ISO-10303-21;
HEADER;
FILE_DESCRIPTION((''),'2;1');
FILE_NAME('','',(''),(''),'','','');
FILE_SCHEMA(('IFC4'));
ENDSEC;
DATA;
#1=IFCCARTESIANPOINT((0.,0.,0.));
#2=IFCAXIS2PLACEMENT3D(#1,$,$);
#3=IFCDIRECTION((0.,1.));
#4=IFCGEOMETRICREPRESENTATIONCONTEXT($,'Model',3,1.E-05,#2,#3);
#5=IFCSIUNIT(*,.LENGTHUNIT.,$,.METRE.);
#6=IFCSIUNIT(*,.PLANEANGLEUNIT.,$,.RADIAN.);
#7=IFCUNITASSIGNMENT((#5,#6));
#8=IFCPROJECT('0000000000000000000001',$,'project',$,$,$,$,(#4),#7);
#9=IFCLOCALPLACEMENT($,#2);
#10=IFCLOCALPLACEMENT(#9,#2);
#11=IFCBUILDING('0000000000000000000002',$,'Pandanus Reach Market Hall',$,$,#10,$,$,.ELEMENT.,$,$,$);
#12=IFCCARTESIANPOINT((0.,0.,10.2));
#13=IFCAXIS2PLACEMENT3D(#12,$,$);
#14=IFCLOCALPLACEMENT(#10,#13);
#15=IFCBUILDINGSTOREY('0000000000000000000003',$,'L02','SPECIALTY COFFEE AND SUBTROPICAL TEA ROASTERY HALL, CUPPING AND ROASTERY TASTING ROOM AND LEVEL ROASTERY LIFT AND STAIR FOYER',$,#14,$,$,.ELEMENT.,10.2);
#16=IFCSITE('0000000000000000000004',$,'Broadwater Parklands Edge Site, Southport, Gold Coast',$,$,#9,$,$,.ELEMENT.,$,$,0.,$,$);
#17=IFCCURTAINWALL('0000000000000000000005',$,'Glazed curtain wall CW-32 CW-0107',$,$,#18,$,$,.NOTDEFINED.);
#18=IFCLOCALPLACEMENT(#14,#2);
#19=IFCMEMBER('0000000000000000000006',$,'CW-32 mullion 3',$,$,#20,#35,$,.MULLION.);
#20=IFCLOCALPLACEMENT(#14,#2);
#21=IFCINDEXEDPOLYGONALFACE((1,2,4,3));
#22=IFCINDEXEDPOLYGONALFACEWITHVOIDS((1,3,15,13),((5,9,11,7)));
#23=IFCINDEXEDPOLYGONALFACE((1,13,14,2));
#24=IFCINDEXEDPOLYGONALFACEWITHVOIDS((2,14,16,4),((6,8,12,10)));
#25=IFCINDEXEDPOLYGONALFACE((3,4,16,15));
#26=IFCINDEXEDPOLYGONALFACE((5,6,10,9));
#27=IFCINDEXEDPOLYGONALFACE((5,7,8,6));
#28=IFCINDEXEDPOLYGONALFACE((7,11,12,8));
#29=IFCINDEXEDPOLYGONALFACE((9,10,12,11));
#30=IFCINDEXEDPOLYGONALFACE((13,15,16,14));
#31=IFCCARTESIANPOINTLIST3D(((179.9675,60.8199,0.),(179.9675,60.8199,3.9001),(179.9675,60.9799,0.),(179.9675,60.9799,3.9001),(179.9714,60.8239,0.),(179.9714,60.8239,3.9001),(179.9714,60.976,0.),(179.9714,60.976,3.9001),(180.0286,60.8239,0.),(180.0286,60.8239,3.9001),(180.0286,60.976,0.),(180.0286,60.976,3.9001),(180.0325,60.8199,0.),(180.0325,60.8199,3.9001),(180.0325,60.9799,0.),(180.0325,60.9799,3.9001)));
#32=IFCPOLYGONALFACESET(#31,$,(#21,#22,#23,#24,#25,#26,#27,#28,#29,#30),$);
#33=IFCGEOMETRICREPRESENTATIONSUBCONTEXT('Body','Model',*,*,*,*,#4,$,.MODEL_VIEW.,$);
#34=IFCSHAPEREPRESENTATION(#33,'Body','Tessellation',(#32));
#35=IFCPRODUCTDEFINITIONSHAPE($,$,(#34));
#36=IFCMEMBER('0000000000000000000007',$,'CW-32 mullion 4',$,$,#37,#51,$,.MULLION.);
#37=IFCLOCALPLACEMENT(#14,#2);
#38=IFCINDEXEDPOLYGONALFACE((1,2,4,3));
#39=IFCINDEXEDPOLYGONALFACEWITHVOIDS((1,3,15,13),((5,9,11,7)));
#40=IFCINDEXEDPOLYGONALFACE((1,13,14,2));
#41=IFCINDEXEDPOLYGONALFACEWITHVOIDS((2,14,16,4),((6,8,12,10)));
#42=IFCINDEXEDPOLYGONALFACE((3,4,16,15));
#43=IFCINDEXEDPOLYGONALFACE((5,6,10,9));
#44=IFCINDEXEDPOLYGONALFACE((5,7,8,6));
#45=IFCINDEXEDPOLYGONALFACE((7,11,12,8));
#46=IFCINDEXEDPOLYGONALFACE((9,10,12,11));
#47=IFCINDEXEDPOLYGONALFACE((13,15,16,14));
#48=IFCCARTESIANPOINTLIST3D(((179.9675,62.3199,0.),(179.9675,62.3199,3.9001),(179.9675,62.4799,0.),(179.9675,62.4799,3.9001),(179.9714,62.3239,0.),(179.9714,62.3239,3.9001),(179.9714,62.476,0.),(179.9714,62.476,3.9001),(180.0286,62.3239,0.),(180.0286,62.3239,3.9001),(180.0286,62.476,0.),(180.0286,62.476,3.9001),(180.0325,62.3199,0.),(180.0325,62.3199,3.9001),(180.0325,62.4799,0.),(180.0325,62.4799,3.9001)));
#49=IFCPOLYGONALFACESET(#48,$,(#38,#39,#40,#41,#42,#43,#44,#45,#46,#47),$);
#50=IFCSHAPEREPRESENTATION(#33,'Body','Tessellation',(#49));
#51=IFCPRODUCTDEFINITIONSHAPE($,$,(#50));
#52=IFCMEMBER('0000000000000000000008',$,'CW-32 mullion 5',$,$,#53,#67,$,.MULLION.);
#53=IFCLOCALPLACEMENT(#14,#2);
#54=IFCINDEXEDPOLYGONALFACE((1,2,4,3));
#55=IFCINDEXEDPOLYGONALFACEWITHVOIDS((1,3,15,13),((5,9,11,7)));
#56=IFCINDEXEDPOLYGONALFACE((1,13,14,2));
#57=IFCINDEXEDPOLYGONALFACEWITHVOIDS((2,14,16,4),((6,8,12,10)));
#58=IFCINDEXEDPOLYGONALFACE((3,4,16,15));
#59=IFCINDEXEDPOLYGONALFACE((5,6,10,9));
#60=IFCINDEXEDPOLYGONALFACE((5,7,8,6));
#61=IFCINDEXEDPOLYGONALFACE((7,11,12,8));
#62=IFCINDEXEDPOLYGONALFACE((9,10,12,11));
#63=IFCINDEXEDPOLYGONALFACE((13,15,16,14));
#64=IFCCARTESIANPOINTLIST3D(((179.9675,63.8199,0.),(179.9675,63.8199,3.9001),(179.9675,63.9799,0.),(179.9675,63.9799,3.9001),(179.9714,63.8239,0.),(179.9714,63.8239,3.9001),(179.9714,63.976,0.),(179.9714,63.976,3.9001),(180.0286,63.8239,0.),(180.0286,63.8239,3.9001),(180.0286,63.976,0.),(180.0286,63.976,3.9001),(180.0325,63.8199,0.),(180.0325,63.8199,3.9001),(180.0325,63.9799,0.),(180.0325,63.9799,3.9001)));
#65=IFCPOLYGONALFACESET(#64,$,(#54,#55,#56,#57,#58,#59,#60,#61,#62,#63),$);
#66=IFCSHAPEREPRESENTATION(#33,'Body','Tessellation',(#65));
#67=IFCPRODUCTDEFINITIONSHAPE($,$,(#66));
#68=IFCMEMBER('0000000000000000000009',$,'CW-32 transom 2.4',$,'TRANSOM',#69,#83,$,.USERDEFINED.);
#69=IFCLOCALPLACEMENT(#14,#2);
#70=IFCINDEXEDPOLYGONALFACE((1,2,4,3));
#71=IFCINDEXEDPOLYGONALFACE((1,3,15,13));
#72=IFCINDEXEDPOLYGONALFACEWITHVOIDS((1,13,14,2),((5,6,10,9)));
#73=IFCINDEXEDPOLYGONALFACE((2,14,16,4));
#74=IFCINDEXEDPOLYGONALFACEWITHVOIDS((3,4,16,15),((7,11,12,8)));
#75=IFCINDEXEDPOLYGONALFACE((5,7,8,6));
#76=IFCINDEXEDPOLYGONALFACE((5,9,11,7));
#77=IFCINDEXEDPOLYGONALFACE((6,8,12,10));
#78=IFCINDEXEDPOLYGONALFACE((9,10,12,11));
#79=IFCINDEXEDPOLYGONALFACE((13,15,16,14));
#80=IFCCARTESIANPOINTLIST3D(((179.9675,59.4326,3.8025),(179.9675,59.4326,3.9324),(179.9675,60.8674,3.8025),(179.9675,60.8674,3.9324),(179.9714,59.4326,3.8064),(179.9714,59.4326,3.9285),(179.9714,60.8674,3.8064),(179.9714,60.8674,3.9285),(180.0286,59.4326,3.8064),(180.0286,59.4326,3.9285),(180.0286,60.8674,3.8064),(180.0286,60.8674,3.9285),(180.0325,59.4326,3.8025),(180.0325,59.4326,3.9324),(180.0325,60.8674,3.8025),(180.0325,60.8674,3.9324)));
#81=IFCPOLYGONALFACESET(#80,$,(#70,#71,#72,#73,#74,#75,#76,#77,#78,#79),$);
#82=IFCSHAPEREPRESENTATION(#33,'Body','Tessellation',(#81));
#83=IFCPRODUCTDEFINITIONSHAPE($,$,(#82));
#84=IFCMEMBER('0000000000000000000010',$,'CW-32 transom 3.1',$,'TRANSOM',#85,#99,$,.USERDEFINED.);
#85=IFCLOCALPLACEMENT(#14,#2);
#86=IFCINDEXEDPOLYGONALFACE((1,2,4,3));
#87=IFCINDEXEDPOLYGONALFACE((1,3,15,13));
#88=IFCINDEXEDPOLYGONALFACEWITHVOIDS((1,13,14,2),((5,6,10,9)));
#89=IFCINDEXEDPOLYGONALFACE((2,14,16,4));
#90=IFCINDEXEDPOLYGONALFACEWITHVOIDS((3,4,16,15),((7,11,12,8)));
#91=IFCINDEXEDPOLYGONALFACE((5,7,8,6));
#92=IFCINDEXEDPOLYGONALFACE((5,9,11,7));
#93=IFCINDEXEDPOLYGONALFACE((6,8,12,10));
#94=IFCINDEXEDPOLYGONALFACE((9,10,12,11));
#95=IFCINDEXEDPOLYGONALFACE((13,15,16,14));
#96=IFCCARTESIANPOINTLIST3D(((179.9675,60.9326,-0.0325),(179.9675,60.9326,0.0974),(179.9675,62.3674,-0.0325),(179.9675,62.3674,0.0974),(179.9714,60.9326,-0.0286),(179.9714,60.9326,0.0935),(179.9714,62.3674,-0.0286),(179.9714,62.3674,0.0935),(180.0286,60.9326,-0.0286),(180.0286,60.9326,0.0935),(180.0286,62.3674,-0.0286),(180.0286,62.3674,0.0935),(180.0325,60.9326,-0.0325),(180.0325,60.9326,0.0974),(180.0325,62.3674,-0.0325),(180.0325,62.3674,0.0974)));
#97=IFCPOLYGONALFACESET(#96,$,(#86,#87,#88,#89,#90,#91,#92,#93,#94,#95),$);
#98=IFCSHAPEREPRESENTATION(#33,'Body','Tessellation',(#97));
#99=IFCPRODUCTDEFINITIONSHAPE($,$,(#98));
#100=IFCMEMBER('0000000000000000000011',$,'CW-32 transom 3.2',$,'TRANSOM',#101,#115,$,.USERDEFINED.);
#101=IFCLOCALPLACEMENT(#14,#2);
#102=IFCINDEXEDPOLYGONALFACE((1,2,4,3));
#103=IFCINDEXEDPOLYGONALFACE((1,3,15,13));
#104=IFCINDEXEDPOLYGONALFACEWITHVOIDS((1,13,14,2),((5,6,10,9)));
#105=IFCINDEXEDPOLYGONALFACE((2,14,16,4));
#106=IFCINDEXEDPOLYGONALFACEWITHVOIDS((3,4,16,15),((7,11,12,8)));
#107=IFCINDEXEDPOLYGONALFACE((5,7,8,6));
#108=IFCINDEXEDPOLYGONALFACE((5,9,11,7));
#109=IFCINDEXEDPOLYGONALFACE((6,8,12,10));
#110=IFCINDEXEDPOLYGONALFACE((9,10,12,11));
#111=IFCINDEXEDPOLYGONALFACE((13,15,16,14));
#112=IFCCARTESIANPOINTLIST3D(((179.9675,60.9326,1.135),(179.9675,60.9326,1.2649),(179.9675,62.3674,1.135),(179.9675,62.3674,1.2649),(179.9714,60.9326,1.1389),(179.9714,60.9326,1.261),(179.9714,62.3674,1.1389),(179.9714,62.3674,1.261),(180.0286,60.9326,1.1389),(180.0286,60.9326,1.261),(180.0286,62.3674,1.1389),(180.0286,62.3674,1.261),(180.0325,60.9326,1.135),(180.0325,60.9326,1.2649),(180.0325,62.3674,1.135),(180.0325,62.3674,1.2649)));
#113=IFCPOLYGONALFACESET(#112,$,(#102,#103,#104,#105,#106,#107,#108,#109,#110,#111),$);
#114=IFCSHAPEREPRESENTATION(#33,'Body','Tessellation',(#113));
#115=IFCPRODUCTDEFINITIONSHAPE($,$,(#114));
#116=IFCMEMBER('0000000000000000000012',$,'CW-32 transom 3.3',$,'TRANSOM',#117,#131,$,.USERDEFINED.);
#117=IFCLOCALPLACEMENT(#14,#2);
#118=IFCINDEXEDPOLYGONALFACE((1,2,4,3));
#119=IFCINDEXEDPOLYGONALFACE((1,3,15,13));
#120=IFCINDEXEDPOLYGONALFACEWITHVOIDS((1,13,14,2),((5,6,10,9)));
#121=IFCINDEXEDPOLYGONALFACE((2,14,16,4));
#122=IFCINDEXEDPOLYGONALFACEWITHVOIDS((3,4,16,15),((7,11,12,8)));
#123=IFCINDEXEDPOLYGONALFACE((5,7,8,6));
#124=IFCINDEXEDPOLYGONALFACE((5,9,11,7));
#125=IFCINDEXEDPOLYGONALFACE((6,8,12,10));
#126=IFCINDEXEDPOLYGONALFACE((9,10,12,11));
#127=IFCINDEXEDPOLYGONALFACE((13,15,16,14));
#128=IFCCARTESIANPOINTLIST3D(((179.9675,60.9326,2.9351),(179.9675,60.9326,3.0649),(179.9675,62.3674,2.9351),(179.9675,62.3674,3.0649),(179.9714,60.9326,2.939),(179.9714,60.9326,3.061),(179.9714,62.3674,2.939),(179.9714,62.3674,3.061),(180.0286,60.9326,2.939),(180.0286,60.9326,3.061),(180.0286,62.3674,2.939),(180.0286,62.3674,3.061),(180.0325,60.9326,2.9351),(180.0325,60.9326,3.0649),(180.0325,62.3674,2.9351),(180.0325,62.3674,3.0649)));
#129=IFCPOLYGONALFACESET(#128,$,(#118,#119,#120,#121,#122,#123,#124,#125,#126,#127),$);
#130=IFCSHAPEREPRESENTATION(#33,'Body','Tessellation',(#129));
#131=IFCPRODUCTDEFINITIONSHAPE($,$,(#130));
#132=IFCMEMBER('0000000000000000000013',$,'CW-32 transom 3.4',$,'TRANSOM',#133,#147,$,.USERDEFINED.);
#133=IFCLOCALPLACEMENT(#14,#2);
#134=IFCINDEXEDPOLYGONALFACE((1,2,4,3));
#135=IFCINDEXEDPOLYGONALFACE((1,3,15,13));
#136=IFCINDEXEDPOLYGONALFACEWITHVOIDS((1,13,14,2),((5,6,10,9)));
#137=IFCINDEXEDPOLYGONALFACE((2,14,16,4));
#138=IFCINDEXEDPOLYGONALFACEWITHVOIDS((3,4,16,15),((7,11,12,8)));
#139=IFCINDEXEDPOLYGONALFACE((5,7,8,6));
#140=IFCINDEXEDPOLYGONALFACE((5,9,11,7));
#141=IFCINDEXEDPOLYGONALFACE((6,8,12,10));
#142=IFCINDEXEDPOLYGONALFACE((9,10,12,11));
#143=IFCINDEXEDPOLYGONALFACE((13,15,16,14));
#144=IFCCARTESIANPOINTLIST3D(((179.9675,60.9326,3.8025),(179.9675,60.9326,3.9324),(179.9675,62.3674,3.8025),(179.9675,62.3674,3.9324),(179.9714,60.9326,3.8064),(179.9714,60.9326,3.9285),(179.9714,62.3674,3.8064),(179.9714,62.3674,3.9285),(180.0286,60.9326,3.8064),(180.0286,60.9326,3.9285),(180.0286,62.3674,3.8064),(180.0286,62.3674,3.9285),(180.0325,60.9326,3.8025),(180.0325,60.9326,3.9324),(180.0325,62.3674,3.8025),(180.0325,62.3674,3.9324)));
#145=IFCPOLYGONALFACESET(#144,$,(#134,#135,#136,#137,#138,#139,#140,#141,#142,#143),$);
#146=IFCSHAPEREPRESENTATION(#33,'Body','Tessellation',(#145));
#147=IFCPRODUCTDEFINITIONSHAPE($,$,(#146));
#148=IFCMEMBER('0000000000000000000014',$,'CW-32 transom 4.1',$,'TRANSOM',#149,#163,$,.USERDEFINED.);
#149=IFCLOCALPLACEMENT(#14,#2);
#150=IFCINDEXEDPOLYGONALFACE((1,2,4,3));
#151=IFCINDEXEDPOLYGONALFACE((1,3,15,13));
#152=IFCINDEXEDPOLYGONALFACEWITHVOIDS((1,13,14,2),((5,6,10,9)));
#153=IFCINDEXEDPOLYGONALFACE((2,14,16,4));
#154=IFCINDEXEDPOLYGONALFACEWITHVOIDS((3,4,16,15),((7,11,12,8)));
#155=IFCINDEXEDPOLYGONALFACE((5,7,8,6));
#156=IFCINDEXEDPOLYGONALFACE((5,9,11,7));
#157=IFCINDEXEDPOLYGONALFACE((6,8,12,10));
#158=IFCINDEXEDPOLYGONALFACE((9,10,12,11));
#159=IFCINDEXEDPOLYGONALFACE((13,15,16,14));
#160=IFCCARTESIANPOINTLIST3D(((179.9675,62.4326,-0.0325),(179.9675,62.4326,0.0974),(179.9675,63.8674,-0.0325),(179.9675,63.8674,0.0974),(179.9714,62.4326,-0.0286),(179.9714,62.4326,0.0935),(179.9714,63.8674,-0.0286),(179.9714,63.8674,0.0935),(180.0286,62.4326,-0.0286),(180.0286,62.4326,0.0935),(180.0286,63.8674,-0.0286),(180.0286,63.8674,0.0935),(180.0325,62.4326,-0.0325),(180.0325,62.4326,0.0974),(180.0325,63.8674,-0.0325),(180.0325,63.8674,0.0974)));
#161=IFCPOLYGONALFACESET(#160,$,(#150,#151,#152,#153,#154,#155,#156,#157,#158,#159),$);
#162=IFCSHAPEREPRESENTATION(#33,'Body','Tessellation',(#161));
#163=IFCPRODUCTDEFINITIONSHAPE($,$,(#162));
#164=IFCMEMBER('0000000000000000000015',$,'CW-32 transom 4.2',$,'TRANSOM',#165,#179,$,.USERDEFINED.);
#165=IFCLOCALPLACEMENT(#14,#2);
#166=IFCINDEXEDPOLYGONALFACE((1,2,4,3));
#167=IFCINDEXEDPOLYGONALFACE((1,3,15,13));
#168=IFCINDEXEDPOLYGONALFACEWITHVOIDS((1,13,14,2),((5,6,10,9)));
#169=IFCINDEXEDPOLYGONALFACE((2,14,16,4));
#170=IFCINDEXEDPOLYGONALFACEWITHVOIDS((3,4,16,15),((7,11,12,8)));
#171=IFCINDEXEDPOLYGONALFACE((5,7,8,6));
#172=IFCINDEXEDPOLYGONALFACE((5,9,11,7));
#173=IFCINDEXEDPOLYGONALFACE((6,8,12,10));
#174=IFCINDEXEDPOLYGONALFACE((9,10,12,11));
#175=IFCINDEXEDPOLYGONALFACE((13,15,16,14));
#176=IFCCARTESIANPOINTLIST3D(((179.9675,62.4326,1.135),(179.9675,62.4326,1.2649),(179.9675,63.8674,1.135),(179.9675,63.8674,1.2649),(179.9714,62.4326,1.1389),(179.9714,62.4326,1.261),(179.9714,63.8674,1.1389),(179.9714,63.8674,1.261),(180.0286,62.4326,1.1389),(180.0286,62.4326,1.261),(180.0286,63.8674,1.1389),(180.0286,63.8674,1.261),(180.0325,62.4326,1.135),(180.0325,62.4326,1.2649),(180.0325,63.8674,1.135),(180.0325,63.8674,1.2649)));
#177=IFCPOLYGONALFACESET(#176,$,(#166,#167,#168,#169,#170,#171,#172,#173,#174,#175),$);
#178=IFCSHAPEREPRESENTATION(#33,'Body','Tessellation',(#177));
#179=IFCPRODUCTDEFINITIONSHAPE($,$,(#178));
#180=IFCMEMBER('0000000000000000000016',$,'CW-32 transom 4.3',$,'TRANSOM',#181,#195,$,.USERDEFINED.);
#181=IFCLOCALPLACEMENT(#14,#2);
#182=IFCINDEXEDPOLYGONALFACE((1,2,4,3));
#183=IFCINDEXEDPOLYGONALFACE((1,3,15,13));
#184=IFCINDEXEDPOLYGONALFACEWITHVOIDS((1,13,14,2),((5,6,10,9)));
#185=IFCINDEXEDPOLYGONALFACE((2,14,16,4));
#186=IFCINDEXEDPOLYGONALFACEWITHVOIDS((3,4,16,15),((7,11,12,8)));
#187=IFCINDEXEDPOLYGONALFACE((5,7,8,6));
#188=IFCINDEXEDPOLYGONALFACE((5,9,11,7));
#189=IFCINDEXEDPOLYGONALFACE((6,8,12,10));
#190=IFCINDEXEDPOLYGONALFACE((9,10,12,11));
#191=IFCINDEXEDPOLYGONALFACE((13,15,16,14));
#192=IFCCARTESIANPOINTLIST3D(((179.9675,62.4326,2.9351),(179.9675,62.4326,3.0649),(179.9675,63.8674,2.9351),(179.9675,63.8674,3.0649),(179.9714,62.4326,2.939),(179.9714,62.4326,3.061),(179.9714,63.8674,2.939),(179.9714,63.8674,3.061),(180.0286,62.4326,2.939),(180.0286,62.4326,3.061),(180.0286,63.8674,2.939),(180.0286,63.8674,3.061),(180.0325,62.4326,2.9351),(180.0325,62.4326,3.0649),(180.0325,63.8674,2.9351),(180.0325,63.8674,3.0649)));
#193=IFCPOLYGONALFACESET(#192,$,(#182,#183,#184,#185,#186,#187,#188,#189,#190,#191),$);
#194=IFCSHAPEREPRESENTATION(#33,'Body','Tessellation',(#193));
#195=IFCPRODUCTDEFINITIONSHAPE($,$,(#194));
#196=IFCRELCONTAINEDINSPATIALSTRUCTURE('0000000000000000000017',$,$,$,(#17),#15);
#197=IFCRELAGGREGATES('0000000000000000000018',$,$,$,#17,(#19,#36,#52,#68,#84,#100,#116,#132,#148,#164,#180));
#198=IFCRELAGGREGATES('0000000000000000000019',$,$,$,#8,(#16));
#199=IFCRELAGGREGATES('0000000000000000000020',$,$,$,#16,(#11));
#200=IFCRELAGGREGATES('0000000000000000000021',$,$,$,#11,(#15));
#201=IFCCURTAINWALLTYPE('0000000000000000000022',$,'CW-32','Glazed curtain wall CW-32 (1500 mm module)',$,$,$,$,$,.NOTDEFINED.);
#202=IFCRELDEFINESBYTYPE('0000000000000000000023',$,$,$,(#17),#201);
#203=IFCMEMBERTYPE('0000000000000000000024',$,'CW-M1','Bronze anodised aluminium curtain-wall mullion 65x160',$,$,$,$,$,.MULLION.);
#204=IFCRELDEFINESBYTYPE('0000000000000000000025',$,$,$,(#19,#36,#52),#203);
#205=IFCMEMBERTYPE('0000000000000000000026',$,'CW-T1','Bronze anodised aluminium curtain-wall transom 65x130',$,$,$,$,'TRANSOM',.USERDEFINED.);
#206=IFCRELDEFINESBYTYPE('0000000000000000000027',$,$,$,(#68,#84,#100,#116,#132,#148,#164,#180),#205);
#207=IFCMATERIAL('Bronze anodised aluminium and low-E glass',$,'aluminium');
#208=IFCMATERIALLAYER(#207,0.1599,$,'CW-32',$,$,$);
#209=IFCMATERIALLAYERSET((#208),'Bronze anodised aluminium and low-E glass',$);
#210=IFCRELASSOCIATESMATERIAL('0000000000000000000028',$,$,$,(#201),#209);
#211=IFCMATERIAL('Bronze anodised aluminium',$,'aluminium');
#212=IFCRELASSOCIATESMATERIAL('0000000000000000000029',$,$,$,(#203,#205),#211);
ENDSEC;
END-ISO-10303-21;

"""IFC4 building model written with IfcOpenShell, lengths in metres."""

from ifc_helpers import new_model, si_unit, direction, frame, origin, origin_2d, place, context, subcontext, project, spatial, hollow_rectangle, extrude, material, layer, layer_set, material_profile, profile_set, type_object, element, aggregate, save


model = new_model("IFC4")

# Units and contexts
model_context = context("Model", 3, precision=1e-05, world=origin(), true_north=direction((0.0, 1.0)))
body_context = subcontext(model_context, "Body", "Model", "MODEL_VIEW")
ifc_project = project(units=[si_unit("LENGTHUNIT", "METRE"), si_unit("PLANEANGLEUNIT", "RADIAN")], contexts=[model_context])

# Site, building, storey
site_placement = place(None, origin())
site = spatial("IfcSite", under=ifc_project, at=site_placement, Name="Broadwater Parklands Edge Site, Southport, Gold Coast", CompositionType="ELEMENT", RefElevation=0.0)
building_placement = place(site_placement, origin())
building = spatial("IfcBuilding", under=site, at=building_placement, Name="Pandanus Reach Market Hall", CompositionType="ELEMENT")
storey_placement = place(building_placement, frame((0.0, 0.0, 10.2)))
storey = spatial("IfcBuildingStorey", under=building, at=storey_placement, Name="L02", Description="SPECIALTY COFFEE AND SUBTROPICAL TEA ROASTERY HALL, CUPPING AND ROASTERY TASTING ROOM AND LEVEL ROASTERY LIFT AND STAIR FOYER", CompositionType="ELEMENT", Elevation=10.2)

# Curtain wall, members
ifc_material_1 = material(Name="Bronze anodised aluminium and low-E glass", Category="aluminium")
ifc_layer_1 = layer(ifc_material_1, 0.1599, Name="CW-32")
ifc_layer_set_1 = layer_set([ifc_layer_1], Name="Bronze anodised aluminium and low-E glass")
curtain_wall_type = type_object("IfcCurtainWallType", Name="CW-32", Description="Glazed curtain wall CW-32 (1500 mm module)", PredefinedType="NOTDEFINED", material=ifc_layer_set_1)
curtain_wall_placement = place(storey_placement, origin())
curtain_wall = element("IfcCurtainWall", 1, at=curtain_wall_placement, inside=storey, type_object=curtain_wall_type, Name="Glazed curtain wall CW-32 CW-0107", PredefinedType="NOTDEFINED")
ifc_material_2 = material(Name="Bronze anodised aluminium", Category="aluminium")
ifc_material_profile_1 = material_profile(ifc_material_2, hollow_rectangle(XDim=0.0649, YDim=0.1599, WallThickness=0.0039, at=origin_2d()), Name="ALU65x160", Category="LoadBearing")
ifc_profile_set_1 = profile_set([ifc_material_profile_1], Name="Bronze anodised aluminium")
member_type_1 = type_object("IfcMemberType", Name="CW-M1", Description="Bronze anodised aluminium curtain-wall mullion 65x160", PredefinedType="MULLION", material=ifc_profile_set_1)
member_1_placement = place(storey_placement, frame((180.0, 60.8999, 0.0), z_axis=(0.0, 0.0, 1.0), x_axis=(-1.0, 0.0, 0.0)))
member_1 = element("IfcMember", 2, at=member_1_placement, type_object=member_type_1, Name="CW-32 mullion 3", PredefinedType="MULLION", context=body_context, shape_type="SweptSolid", body=[
    extrude(hollow_rectangle(XDim=0.0649, YDim=0.1599, WallThickness=0.0039, at=origin_2d()), origin(), (0.0, 0.0, 1.0), 3.9001),
])
member_2_placement = place(storey_placement, frame((180.0, 62.3999, 0.0), z_axis=(0.0, 0.0, 1.0), x_axis=(-1.0, 0.0, 0.0)))
member_2 = element("IfcMember", 3, at=member_2_placement, type_object=member_type_1, Name="CW-32 mullion 4", PredefinedType="MULLION", context=body_context, shape_type="SweptSolid", body=[
    extrude(hollow_rectangle(XDim=0.0649, YDim=0.1599, WallThickness=0.0039, at=origin_2d()), origin(), (0.0, 0.0, 1.0), 3.9001),
])
member_3_placement = place(storey_placement, frame((180.0, 63.8999, 0.0), z_axis=(0.0, 0.0, 1.0), x_axis=(-1.0, 0.0, 0.0)))
member_3 = element("IfcMember", 4, at=member_3_placement, type_object=member_type_1, Name="CW-32 mullion 5", PredefinedType="MULLION", context=body_context, shape_type="SweptSolid", body=[
    extrude(hollow_rectangle(XDim=0.0649, YDim=0.1599, WallThickness=0.0039, at=origin_2d()), origin(), (0.0, 0.0, 1.0), 3.9001),
])
ifc_material_profile_2 = material_profile(ifc_material_2, hollow_rectangle(XDim=0.0649, YDim=0.1299, WallThickness=0.0039, at=origin_2d()), Name="ALU65x130", Category="LoadBearing")
ifc_profile_set_2 = profile_set([ifc_material_profile_2], Name="Bronze anodised aluminium")
member_type_2 = type_object("IfcMemberType", Name="CW-T1", Description="Bronze anodised aluminium curtain-wall transom 65x130", ElementType="TRANSOM", PredefinedType="USERDEFINED", material=ifc_profile_set_2)
member_4_placement = place(storey_placement, frame((180.0, 59.4326, 3.8674), z_axis=(0.0, 1.0, 0.0), x_axis=(-1.0, 0.0, 0.0)))
member_4 = element("IfcMember", 5, at=member_4_placement, type_object=member_type_2, Name="CW-32 transom 2.4", ObjectType="TRANSOM", PredefinedType="USERDEFINED", context=body_context, shape_type="SweptSolid", body=[
    extrude(hollow_rectangle(XDim=0.0649, YDim=0.1299, WallThickness=0.0039, at=origin_2d()), origin(), (0.0, 0.0, 1.0), 1.4348),
])
member_5_placement = place(storey_placement, frame((180.0, 60.9326, 0.0325), z_axis=(0.0, 1.0, 0.0), x_axis=(-1.0, 0.0, 0.0)))
member_5 = element("IfcMember", 6, at=member_5_placement, type_object=member_type_2, Name="CW-32 transom 3.1", ObjectType="TRANSOM", PredefinedType="USERDEFINED", context=body_context, shape_type="SweptSolid", body=[
    extrude(hollow_rectangle(XDim=0.0649, YDim=0.1299, WallThickness=0.0039, at=origin_2d()), origin(), (0.0, 0.0, 1.0), 1.4348),
])
member_6_placement = place(storey_placement, frame((180.0, 60.9326, 1.2), z_axis=(0.0, 1.0, 0.0), x_axis=(-1.0, 0.0, 0.0)))
member_6 = element("IfcMember", 7, at=member_6_placement, type_object=member_type_2, Name="CW-32 transom 3.2", ObjectType="TRANSOM", PredefinedType="USERDEFINED", context=body_context, shape_type="SweptSolid", body=[
    extrude(hollow_rectangle(XDim=0.0649, YDim=0.1299, WallThickness=0.0039, at=origin_2d()), origin(), (0.0, 0.0, 1.0), 1.4348),
])
member_7_placement = place(storey_placement, frame((180.0, 60.9326, 3.0), z_axis=(0.0, 1.0, 0.0), x_axis=(-1.0, 0.0, 0.0)))
member_7 = element("IfcMember", 8, at=member_7_placement, type_object=member_type_2, Name="CW-32 transom 3.3", ObjectType="TRANSOM", PredefinedType="USERDEFINED", context=body_context, shape_type="SweptSolid", body=[
    extrude(hollow_rectangle(XDim=0.0649, YDim=0.1299, WallThickness=0.0039, at=origin_2d()), origin(), (0.0, 0.0, 1.0), 1.4348),
])
member_8_placement = place(storey_placement, frame((180.0, 60.9326, 3.8674), z_axis=(0.0, 1.0, 0.0), x_axis=(-1.0, 0.0, 0.0)))
member_8 = element("IfcMember", 9, at=member_8_placement, type_object=member_type_2, Name="CW-32 transom 3.4", ObjectType="TRANSOM", PredefinedType="USERDEFINED", context=body_context, shape_type="SweptSolid", body=[
    extrude(hollow_rectangle(XDim=0.0649, YDim=0.1299, WallThickness=0.0039, at=origin_2d()), origin(), (0.0, 0.0, 1.0), 1.4348),
])
member_9_placement = place(storey_placement, frame((180.0, 62.4326, 0.0325), z_axis=(0.0, 1.0, 0.0), x_axis=(-1.0, 0.0, 0.0)))
member_9 = element("IfcMember", 10, at=member_9_placement, type_object=member_type_2, Name="CW-32 transom 4.1", ObjectType="TRANSOM", PredefinedType="USERDEFINED", context=body_context, shape_type="SweptSolid", body=[
    extrude(hollow_rectangle(XDim=0.0649, YDim=0.1299, WallThickness=0.0039, at=origin_2d()), origin(), (0.0, 0.0, 1.0), 1.4348),
])
member_10_placement = place(storey_placement, frame((180.0, 62.4326, 1.2), z_axis=(0.0, 1.0, 0.0), x_axis=(-1.0, 0.0, 0.0)))
member_10 = element("IfcMember", 11, at=member_10_placement, type_object=member_type_2, Name="CW-32 transom 4.2", ObjectType="TRANSOM", PredefinedType="USERDEFINED", context=body_context, shape_type="SweptSolid", body=[
    extrude(hollow_rectangle(XDim=0.0649, YDim=0.1299, WallThickness=0.0039, at=origin_2d()), origin(), (0.0, 0.0, 1.0), 1.4348),
])
member_11_placement = place(storey_placement, frame((180.0, 62.4326, 3.0), z_axis=(0.0, 1.0, 0.0), x_axis=(-1.0, 0.0, 0.0)))
member_11 = element("IfcMember", 12, at=member_11_placement, type_object=member_type_2, Name="CW-32 transom 4.3", ObjectType="TRANSOM", PredefinedType="USERDEFINED", context=body_context, shape_type="SweptSolid", body=[
    extrude(hollow_rectangle(XDim=0.0649, YDim=0.1299, WallThickness=0.0039, at=origin_2d()), origin(), (0.0, 0.0, 1.0), 1.4348),
])
aggregate(curtain_wall, [member_1, member_2, member_3, member_4, member_5, member_6, member_7, member_8, member_9, member_10, member_11])

save(model, "model.ifc")
